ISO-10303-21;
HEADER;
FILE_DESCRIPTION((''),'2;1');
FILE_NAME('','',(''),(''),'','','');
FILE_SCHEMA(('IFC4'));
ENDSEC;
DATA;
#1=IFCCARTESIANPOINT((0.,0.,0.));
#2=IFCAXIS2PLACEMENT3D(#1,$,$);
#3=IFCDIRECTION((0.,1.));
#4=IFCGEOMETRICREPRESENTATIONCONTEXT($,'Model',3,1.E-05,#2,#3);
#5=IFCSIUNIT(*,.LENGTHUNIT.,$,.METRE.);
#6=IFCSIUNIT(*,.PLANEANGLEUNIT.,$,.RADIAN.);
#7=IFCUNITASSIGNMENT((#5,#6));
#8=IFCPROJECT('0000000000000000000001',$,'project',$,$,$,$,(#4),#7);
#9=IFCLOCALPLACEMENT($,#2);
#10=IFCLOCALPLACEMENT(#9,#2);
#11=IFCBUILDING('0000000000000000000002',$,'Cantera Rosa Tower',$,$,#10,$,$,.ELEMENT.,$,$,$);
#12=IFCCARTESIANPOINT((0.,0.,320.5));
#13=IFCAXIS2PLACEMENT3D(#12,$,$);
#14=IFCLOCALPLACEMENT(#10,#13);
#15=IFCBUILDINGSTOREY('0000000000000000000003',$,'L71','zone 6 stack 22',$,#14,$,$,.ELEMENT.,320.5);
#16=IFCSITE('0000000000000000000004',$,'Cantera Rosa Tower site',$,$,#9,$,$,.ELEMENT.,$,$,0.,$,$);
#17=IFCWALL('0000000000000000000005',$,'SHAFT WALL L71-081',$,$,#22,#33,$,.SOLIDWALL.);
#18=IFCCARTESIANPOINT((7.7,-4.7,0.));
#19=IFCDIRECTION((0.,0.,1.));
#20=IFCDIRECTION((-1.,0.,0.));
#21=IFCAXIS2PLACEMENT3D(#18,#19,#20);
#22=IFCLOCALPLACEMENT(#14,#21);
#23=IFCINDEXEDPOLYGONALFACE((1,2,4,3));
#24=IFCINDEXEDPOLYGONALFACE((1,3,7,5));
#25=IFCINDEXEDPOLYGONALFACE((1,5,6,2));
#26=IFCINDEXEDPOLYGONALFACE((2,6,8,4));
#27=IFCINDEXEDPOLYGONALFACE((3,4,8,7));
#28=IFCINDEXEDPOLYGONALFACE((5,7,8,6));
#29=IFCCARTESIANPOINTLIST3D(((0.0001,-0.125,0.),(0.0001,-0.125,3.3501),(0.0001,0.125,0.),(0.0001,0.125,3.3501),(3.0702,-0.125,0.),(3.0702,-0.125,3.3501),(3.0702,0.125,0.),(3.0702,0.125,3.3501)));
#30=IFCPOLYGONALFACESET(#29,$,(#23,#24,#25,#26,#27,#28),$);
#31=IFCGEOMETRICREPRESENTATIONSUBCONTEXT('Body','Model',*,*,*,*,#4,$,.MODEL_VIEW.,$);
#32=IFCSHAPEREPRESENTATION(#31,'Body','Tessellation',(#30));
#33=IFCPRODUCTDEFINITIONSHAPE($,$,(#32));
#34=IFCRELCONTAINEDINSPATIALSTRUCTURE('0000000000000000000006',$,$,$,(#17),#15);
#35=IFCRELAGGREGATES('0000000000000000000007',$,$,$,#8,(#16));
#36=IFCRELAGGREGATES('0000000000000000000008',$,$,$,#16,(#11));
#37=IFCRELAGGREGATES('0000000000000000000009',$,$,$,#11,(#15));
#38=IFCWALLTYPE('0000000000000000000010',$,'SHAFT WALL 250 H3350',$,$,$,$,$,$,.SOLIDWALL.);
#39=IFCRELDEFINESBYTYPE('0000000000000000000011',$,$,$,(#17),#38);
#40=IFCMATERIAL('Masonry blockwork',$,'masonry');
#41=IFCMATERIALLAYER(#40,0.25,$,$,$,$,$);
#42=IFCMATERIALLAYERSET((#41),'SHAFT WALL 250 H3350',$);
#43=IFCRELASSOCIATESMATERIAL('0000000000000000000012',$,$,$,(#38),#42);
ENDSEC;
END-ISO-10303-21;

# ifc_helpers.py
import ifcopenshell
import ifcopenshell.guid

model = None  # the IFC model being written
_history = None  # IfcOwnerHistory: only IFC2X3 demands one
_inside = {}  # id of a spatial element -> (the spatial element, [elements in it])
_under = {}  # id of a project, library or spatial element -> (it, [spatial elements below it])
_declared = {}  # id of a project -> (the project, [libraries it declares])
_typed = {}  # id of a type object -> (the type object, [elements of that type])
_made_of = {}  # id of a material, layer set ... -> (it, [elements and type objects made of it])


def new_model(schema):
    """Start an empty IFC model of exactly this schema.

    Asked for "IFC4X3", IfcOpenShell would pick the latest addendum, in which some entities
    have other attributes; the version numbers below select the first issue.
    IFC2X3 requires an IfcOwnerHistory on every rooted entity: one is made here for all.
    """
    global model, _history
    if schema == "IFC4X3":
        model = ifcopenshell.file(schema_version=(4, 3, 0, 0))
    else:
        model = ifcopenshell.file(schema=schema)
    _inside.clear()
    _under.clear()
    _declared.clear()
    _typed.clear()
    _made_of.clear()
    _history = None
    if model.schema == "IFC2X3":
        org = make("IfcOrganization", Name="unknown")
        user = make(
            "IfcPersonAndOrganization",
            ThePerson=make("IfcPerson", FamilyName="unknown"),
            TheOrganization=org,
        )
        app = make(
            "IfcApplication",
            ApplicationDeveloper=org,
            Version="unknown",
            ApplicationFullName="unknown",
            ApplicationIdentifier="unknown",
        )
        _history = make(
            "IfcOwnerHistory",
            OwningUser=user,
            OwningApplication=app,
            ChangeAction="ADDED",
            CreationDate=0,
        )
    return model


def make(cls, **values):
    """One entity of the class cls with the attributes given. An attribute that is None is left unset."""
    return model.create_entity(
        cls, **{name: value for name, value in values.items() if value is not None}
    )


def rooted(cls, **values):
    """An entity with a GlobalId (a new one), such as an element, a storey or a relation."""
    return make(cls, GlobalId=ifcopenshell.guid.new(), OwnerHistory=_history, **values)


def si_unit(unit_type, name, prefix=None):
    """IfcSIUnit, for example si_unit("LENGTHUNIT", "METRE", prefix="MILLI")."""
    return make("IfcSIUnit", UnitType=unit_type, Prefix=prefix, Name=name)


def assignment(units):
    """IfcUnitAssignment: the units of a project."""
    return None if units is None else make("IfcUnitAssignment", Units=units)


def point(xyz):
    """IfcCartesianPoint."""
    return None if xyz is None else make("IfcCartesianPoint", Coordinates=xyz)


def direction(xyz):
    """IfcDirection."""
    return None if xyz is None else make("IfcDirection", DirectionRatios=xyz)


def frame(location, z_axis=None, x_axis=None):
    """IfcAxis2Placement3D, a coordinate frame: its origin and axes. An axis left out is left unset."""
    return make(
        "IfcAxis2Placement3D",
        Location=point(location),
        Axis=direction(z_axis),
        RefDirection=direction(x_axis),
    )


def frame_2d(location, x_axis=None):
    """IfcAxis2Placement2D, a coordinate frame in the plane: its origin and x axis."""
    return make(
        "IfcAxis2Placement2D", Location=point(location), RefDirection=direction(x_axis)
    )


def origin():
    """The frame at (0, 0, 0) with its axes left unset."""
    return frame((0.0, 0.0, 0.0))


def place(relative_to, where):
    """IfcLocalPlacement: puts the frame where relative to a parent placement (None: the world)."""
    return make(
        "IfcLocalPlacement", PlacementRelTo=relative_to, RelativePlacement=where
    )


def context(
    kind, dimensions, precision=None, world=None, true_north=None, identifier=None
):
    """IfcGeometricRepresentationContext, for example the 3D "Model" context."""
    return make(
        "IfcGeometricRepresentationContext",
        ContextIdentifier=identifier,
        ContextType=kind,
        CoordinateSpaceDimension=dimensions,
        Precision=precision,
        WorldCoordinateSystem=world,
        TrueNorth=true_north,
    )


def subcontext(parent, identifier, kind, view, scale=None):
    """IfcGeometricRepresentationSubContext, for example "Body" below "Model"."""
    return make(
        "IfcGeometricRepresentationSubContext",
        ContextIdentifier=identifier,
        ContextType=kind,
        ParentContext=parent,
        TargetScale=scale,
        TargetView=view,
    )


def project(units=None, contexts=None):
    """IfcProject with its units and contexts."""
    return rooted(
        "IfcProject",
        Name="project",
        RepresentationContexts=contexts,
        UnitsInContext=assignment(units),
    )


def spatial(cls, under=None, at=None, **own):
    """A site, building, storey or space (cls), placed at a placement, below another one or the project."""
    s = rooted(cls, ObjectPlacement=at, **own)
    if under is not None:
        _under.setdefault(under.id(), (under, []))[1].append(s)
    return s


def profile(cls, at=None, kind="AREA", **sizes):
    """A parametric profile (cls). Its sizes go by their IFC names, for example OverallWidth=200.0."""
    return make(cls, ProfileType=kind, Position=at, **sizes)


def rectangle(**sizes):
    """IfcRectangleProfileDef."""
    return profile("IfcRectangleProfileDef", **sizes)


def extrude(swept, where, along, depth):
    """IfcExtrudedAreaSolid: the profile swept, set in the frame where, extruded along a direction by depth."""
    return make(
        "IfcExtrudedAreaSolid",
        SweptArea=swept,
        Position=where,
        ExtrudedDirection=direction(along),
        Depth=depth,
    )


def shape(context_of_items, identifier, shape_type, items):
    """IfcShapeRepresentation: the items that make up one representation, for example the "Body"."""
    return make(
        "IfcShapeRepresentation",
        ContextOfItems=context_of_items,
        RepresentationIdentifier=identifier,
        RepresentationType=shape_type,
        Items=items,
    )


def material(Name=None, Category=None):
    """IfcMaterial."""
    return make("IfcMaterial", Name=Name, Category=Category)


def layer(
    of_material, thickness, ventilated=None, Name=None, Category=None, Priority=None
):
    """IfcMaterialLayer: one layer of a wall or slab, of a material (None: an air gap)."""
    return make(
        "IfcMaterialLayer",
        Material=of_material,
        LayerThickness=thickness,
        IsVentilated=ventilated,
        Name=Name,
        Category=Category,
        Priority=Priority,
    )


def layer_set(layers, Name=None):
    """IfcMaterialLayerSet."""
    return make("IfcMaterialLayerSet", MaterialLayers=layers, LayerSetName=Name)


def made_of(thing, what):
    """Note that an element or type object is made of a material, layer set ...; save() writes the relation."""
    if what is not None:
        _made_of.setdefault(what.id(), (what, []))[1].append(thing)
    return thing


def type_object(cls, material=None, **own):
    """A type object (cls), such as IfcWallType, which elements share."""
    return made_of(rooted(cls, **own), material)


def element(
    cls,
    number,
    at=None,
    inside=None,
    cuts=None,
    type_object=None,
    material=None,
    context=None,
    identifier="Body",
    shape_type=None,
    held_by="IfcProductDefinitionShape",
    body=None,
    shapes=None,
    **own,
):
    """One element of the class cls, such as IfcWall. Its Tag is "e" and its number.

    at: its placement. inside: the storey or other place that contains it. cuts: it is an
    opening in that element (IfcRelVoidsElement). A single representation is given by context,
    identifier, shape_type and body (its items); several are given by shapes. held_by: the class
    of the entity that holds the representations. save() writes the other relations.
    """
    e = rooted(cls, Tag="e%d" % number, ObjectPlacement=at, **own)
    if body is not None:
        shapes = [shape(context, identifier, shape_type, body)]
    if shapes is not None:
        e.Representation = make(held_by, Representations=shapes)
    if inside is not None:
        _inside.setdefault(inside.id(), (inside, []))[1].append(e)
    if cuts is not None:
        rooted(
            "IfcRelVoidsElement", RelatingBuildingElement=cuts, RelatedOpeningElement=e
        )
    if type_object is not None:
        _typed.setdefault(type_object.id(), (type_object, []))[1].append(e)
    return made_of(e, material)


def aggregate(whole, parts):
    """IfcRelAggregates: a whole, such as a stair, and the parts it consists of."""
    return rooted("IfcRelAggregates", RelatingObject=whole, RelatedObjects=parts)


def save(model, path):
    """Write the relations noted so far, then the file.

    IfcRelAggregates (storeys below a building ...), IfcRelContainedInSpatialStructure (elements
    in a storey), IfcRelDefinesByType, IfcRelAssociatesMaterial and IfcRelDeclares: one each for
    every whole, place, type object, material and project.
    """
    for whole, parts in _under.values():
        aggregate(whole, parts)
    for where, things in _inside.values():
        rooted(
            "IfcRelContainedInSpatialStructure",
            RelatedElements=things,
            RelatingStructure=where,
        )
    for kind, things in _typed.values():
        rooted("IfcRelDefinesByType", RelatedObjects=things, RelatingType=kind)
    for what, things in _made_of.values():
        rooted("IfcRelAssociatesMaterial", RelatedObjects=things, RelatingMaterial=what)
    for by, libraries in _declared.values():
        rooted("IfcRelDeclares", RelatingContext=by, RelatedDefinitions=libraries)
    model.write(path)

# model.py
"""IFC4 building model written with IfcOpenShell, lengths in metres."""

from ifc_helpers import new_model, si_unit, direction, frame, frame_2d, origin, place, context, subcontext, project, spatial, rectangle, extrude, material, layer, layer_set, type_object, element, save


model = new_model("IFC4")

# Units and contexts
model_context = context("Model", 3, precision=1e-05, world=origin(), true_north=direction((0.0, 1.0)))
body_context = subcontext(model_context, "Body", "Model", "MODEL_VIEW")
ifc_project = project(units=[si_unit("LENGTHUNIT", "METRE"), si_unit("PLANEANGLEUNIT", "RADIAN")], contexts=[model_context])

# Site, building, storey
site_placement = place(None, origin())
site = spatial("IfcSite", under=ifc_project, at=site_placement, Name="Cantera Rosa Tower site", CompositionType="ELEMENT", RefElevation=0.0)
building_placement = place(site_placement, origin())
building = spatial("IfcBuilding", under=site, at=building_placement, Name="Cantera Rosa Tower", CompositionType="ELEMENT")
storey_placement = place(building_placement, frame((0.0, 0.0, 320.5)))
storey = spatial("IfcBuildingStorey", under=building, at=storey_placement, Name="L71", Description="zone 6 stack 22", CompositionType="ELEMENT", Elevation=320.5)

# Wall
ifc_material_1 = material(Name="Masonry blockwork", Category="masonry")
ifc_layer_1 = layer(ifc_material_1, 0.25)
ifc_layer_set_1 = layer_set([ifc_layer_1], Name="SHAFT WALL 250 H3350")
wall_type_1 = type_object("IfcWallType", Name="SHAFT WALL 250 H3350", PredefinedType="SOLIDWALL", material=ifc_layer_set_1)
wall_1_placement = place(storey_placement, frame((7.7, -4.7, 0.0), z_axis=(0.0, 0.0, 1.0), x_axis=(-1.0, 0.0, 0.0)))
element("IfcWall", 1, at=wall_1_placement, inside=storey, type_object=wall_type_1, Name="SHAFT WALL L71-081", PredefinedType="SOLIDWALL", context=body_context, shape_type="SweptSolid", body=[
    extrude(rectangle(XDim=3.0701, YDim=0.25, at=frame_2d((1.5352, 0.0))), origin(), (0.0, 0.0, 1.0), 3.3501),
])

save(model, "model.ifc")
